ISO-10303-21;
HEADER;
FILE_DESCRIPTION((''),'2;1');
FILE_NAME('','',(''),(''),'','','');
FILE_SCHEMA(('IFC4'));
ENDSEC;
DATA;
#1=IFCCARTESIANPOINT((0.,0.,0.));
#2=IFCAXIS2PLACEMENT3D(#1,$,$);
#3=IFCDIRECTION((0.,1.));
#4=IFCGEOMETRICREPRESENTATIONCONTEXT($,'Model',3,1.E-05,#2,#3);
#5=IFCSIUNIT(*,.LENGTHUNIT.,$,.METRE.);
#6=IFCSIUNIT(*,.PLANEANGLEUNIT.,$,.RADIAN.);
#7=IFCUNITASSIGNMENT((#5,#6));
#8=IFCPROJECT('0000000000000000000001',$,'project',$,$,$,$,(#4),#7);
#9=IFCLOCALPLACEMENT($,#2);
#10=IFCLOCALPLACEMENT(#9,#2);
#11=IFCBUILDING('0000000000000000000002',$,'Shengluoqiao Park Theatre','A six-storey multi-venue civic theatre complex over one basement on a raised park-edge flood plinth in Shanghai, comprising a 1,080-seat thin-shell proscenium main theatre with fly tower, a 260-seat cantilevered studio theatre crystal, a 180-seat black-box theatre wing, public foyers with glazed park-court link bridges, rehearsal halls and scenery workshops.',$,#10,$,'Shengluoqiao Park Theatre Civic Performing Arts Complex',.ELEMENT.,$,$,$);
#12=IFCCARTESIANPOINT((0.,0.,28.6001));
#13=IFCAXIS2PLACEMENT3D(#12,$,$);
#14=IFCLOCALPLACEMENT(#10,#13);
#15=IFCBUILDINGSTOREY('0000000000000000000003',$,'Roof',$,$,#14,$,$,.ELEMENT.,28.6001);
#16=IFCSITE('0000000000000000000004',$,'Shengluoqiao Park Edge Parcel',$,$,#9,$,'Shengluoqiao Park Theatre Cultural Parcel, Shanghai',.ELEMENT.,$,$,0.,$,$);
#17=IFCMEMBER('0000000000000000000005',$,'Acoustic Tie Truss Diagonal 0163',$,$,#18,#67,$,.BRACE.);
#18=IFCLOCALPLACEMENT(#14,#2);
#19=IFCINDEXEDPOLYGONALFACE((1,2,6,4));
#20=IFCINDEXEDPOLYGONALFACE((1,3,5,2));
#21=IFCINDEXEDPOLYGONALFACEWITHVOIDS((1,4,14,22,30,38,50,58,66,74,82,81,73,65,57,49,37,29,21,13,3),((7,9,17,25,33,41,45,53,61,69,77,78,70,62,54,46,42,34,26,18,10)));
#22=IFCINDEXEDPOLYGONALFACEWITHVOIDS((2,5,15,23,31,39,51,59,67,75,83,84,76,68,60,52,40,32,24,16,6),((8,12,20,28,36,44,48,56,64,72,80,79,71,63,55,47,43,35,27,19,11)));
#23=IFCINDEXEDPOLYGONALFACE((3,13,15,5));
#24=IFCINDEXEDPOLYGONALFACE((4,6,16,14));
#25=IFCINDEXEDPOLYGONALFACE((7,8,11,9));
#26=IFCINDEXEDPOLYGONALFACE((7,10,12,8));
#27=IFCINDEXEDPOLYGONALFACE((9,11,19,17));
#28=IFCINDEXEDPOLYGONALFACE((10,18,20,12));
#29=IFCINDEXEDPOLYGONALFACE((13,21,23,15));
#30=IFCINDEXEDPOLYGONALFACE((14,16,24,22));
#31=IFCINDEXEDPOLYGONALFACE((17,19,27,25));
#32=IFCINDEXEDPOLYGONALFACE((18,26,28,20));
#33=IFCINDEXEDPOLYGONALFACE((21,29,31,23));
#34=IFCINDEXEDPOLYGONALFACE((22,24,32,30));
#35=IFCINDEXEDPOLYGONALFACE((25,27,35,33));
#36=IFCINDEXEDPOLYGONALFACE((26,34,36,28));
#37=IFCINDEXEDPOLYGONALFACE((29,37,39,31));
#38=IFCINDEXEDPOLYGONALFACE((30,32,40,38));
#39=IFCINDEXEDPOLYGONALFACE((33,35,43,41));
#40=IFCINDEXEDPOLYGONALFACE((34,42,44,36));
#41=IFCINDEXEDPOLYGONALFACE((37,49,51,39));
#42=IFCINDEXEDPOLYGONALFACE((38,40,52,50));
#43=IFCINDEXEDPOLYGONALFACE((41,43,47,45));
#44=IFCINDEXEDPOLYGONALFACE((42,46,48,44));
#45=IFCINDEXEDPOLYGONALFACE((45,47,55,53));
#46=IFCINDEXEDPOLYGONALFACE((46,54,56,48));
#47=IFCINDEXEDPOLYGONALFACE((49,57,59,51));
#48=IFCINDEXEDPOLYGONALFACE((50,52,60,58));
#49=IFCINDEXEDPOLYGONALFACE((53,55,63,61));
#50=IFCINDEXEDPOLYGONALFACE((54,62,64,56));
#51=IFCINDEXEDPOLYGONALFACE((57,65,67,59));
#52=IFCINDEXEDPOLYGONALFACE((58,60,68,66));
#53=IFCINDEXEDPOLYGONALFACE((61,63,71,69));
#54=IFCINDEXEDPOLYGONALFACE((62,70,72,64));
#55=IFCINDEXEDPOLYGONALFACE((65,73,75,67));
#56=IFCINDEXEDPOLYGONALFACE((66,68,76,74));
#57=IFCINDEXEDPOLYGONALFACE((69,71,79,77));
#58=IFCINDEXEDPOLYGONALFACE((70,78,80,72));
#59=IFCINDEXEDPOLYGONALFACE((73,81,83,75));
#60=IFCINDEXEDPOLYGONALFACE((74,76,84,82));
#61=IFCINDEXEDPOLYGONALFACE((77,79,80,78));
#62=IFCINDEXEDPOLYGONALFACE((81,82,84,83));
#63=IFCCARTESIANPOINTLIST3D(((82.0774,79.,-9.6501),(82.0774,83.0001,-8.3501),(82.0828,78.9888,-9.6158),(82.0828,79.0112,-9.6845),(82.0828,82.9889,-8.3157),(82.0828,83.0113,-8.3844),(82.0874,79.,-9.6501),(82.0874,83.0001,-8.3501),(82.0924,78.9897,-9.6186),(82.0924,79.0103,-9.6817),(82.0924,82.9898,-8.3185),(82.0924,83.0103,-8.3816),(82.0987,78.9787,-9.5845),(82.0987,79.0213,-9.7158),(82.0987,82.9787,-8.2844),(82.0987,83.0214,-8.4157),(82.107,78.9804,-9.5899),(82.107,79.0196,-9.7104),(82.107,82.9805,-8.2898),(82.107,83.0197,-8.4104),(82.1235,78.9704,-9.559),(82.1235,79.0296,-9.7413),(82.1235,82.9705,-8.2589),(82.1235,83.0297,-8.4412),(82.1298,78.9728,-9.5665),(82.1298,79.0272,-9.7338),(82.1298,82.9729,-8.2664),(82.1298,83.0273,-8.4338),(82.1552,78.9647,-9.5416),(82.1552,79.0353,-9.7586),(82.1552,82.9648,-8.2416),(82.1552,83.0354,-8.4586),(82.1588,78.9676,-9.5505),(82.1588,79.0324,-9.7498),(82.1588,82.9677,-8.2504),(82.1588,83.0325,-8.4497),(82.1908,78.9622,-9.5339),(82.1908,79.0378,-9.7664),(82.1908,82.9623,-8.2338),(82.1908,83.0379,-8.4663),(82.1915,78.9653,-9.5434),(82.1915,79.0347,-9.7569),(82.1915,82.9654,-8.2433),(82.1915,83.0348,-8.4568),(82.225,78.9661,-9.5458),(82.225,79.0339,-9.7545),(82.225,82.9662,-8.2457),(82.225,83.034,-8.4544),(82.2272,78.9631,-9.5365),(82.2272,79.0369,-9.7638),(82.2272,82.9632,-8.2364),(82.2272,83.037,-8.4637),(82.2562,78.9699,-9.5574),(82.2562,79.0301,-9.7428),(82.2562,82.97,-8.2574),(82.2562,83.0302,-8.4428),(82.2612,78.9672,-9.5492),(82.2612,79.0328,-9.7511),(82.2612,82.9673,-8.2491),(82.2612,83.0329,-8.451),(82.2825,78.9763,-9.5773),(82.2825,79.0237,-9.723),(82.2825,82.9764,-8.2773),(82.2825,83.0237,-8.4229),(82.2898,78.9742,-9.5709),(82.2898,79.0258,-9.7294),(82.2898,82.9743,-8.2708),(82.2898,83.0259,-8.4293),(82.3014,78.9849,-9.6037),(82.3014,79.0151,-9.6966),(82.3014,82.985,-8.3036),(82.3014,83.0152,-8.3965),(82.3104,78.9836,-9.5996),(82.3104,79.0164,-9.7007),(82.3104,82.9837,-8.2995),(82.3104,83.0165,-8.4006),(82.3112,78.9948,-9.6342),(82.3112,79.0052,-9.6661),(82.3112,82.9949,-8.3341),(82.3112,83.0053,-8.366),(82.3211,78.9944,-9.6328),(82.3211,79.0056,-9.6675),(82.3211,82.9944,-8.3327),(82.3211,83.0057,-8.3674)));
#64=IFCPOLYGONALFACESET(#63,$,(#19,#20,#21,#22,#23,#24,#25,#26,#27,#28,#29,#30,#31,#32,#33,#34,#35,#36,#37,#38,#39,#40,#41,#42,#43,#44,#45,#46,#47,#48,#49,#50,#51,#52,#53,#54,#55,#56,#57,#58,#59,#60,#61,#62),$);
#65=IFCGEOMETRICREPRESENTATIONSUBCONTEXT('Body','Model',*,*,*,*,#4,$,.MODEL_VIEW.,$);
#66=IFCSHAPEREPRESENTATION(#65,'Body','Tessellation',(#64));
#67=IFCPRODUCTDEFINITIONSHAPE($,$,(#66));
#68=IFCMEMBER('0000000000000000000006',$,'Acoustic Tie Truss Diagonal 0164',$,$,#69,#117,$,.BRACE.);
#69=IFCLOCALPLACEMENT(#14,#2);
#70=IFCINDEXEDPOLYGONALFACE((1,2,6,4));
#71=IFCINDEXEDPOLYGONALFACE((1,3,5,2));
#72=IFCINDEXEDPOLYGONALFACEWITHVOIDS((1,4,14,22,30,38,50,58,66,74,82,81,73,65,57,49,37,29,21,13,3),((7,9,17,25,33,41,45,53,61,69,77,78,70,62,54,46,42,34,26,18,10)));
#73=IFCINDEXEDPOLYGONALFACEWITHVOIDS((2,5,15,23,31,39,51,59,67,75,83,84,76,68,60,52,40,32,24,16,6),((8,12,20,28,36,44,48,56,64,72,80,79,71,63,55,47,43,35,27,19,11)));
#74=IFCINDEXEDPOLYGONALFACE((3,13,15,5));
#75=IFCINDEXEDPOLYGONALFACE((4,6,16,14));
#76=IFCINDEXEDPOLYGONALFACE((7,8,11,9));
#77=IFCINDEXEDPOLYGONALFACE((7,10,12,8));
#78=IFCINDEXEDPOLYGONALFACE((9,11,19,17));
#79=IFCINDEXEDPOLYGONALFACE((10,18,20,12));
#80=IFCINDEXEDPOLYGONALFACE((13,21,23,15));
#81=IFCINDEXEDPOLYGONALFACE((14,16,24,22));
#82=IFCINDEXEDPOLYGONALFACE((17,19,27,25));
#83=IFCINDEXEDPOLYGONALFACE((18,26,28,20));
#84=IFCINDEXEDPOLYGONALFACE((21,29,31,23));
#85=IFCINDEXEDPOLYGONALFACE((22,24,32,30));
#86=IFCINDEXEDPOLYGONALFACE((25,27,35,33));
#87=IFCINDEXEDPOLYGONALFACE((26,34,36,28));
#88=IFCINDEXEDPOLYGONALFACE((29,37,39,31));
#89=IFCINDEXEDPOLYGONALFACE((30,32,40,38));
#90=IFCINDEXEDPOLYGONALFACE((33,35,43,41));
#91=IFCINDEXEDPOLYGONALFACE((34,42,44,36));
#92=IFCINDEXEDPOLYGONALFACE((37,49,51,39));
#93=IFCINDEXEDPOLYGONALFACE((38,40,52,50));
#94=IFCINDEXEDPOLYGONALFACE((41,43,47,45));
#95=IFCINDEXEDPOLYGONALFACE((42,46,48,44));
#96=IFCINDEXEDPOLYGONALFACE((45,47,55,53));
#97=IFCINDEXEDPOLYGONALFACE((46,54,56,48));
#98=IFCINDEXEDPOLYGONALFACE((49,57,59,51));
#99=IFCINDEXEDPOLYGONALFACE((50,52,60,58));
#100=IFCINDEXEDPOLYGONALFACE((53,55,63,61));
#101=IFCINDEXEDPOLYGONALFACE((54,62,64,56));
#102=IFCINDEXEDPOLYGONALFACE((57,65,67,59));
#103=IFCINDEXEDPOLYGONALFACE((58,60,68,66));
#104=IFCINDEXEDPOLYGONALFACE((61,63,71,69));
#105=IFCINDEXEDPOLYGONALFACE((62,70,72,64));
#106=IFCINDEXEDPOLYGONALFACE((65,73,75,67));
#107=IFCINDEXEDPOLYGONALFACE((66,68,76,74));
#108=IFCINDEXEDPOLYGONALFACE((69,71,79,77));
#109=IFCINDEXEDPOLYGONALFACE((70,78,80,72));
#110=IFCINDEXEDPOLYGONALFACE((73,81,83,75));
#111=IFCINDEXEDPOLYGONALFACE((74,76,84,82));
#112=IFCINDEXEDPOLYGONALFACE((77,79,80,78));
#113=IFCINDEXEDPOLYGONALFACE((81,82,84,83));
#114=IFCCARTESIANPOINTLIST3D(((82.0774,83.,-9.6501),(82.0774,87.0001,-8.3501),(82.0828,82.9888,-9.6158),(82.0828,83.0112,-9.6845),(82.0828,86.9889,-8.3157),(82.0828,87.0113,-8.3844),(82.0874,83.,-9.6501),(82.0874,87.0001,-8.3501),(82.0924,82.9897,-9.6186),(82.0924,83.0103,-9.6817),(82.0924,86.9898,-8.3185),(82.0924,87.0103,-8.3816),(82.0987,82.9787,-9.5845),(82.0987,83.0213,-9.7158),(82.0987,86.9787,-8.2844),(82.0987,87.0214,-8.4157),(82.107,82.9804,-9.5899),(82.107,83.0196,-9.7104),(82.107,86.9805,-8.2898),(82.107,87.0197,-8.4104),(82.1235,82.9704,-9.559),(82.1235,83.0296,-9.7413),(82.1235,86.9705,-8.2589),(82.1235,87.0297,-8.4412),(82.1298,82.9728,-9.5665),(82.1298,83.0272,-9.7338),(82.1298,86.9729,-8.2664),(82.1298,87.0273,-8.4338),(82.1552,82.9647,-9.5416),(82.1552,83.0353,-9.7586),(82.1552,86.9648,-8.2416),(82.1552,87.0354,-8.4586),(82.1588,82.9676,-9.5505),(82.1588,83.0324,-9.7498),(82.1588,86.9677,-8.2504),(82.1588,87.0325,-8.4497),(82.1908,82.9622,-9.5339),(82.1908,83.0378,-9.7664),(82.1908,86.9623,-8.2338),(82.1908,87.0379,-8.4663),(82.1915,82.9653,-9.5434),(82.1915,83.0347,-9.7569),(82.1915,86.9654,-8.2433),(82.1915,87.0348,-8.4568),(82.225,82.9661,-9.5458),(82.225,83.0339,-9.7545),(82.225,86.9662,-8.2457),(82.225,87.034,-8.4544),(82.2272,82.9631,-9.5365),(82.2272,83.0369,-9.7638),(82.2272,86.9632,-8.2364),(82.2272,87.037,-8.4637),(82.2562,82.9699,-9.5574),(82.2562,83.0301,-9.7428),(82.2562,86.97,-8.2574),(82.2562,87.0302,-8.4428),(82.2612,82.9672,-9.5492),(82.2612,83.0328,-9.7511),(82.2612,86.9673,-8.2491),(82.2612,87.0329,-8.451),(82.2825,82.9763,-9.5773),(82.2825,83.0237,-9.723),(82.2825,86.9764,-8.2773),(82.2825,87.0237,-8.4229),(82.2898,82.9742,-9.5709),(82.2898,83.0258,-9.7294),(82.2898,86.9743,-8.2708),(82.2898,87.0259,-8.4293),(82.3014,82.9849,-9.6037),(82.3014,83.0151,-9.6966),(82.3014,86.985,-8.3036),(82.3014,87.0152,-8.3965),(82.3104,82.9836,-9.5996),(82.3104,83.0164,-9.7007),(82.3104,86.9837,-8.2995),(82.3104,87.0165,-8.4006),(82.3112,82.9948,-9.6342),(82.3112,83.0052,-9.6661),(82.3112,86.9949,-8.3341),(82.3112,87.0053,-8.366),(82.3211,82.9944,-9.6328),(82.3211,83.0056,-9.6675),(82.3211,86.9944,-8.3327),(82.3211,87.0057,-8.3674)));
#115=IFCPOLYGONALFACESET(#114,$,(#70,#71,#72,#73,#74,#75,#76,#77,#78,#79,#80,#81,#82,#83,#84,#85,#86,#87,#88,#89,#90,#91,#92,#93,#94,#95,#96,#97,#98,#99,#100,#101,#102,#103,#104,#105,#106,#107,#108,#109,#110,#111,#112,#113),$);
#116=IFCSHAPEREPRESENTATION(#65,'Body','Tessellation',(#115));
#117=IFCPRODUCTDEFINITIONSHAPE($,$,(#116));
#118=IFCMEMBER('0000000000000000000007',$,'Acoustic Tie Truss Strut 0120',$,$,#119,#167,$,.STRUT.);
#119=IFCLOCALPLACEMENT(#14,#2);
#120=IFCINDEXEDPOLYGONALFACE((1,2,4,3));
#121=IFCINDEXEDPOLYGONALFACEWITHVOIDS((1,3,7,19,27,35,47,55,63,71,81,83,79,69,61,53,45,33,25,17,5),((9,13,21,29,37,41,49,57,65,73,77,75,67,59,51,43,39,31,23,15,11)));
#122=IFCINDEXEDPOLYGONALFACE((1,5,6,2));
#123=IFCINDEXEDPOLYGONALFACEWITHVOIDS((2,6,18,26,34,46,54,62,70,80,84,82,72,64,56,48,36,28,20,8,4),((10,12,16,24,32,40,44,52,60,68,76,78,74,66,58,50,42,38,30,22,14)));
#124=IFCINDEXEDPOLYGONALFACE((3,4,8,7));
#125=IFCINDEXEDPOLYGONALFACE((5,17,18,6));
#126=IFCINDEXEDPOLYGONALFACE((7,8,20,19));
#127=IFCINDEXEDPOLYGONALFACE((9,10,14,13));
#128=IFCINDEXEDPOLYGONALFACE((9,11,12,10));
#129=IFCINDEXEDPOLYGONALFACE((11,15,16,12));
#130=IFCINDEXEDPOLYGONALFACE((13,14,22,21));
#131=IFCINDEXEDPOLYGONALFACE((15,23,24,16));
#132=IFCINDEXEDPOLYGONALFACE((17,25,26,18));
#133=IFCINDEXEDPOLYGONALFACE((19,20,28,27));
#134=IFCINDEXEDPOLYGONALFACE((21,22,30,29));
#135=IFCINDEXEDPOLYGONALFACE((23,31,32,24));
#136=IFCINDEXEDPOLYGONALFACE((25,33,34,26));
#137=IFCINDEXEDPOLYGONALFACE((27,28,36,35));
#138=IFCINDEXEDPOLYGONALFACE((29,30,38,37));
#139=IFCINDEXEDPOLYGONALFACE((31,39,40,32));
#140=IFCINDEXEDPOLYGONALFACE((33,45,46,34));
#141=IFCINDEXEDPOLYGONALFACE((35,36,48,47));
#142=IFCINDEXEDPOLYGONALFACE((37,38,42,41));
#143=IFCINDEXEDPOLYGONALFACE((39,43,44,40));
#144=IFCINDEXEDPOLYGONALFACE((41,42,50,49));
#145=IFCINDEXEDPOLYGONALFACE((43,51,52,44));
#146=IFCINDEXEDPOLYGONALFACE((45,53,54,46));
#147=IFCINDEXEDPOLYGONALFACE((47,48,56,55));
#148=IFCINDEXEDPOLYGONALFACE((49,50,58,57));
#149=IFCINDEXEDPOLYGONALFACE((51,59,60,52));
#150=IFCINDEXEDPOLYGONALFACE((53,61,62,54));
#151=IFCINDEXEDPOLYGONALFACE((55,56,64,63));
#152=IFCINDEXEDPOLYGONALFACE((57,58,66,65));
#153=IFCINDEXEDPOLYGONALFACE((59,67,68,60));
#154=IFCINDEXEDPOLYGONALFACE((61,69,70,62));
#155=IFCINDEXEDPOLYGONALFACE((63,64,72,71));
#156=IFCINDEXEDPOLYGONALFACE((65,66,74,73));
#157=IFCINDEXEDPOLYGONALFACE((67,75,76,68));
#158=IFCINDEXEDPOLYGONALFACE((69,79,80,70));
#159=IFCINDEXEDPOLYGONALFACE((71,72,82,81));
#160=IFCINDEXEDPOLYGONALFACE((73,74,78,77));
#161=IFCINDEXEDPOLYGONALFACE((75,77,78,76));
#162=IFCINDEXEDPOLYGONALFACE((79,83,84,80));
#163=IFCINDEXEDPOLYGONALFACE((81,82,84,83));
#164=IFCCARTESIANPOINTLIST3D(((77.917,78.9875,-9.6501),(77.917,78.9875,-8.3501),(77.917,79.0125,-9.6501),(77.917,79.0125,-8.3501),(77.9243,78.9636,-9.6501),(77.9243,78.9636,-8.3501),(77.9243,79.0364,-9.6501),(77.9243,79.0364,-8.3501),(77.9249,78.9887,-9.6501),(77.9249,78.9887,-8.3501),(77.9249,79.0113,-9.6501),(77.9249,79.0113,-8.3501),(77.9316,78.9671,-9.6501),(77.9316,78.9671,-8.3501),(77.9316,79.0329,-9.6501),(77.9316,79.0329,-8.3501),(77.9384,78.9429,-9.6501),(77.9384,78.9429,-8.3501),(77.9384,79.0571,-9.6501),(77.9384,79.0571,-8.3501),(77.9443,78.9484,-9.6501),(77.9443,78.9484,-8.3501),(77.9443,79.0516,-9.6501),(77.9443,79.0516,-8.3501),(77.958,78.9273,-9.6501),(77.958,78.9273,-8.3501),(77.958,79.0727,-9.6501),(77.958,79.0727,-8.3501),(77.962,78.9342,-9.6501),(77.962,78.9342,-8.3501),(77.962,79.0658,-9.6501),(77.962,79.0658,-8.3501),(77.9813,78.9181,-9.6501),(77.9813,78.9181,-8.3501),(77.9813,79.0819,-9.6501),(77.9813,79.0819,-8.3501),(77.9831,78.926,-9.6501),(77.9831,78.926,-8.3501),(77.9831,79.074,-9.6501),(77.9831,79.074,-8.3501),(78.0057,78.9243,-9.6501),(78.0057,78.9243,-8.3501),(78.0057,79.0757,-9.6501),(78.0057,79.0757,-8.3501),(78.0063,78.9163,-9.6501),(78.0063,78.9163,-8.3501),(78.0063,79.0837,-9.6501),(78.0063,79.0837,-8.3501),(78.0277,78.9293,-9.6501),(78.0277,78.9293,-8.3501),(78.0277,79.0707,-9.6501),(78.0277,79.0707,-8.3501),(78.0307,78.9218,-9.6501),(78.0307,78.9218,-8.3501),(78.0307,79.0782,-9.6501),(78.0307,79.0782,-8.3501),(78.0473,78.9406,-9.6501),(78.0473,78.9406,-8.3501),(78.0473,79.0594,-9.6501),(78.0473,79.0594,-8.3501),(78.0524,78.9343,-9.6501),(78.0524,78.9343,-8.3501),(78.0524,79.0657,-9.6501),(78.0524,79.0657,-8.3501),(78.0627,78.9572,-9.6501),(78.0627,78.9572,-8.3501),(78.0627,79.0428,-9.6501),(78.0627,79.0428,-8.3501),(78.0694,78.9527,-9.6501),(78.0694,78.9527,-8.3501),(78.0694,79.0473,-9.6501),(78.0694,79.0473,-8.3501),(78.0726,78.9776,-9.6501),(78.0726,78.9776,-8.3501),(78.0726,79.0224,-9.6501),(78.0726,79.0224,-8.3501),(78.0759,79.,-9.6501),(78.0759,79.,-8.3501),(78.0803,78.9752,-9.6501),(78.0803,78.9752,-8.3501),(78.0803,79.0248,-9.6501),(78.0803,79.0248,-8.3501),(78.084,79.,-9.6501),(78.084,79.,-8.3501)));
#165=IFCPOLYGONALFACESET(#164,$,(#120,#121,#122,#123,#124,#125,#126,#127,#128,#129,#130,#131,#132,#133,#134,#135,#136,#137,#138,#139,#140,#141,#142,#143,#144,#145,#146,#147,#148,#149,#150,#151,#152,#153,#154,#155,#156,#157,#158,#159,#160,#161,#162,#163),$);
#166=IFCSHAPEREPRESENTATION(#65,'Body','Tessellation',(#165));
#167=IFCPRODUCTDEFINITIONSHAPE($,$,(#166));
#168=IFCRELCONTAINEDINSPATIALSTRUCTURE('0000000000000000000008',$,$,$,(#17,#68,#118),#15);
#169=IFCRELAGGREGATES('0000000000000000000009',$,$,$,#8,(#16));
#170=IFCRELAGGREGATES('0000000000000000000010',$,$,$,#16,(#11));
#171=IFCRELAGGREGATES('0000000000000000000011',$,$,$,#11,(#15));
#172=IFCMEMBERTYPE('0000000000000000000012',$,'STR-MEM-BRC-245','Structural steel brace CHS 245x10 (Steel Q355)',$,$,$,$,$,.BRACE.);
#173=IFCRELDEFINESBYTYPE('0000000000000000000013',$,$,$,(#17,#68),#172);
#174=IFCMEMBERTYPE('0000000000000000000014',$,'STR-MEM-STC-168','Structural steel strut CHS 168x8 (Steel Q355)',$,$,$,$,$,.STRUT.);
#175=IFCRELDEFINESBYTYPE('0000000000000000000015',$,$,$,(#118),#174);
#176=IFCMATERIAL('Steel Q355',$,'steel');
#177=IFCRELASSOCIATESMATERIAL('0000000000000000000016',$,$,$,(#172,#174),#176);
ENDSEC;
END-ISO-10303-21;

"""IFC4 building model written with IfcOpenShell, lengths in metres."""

from ifc_helpers import new_model, si_unit, direction, frame, origin, origin_2d, place, context, subcontext, project, spatial, hollow_circle, extrude, material, material_profile, profile_set, type_object, element, save


model = new_model("IFC4")

# Units and contexts
model_context = context("Model", 3, precision=1e-05, world=origin(), true_north=direction((0.0, 1.0)))
body_context = subcontext(model_context, "Body", "Model", "MODEL_VIEW")
ifc_project = project(units=[si_unit("LENGTHUNIT", "METRE"), si_unit("PLANEANGLEUNIT", "RADIAN")], contexts=[model_context])

# Site, building, storey
site_placement = place(None, origin())
site = spatial("IfcSite", under=ifc_project, at=site_placement, Name="Shengluoqiao Park Edge Parcel", LongName="Shengluoqiao Park Theatre Cultural Parcel, Shanghai", CompositionType="ELEMENT", RefElevation=0.0)
building_placement = place(site_placement, origin())
building = spatial("IfcBuilding", under=site, at=building_placement, Name="Shengluoqiao Park Theatre", Description="A six-storey multi-venue civic theatre complex over one basement on a raised park-edge flood plinth in Shanghai, comprising a 1,080-seat thin-shell proscenium main theatre with fly tower, a 260-seat cantilevered studio theatre crystal, a 180-seat black-box theatre wing, public foyers with glazed park-court link bridges, rehearsal halls and scenery workshops.", LongName="Shengluoqiao Park Theatre Civic Performing Arts Complex", CompositionType="ELEMENT")
storey_placement = place(building_placement, frame((0.0, 0.0, 28.6001)))
storey = spatial("IfcBuildingStorey", under=building, at=storey_placement, Name="Roof", CompositionType="ELEMENT", Elevation=28.6001)

# Shared definitions
ifc_material = material(Name="Steel Q355", Category="steel")

# Members
ifc_material_profile_1 = material_profile(ifc_material, hollow_circle(Radius=0.1226, WallThickness=0.01, at=origin_2d()), Name="CHS 245x10")
ifc_profile_set_1 = profile_set([ifc_material_profile_1], Name="Steel Q355")
member_type_1 = type_object("IfcMemberType", Name="STR-MEM-BRC-245", Description="Structural steel brace CHS 245x10 (Steel Q355)", PredefinedType="BRACE", material=ifc_profile_set_1)
for number, where, z_axis, x_axis, name in (
    (1, (82.2, 79.0, -9.6501), (0.0, 0.951031, 0.309097), (-1.0, 0.0, 0.0), "Acoustic Tie Truss Diagonal 0163"),
    (2, (82.2, 83.0, -9.6501), (0.0, 0.951031, 0.309097), (-1.0, 0.0, 0.0), "Acoustic Tie Truss Diagonal 0164"),
):
    element("IfcMember", number, at=place(storey_placement, frame(where, z_axis=z_axis, x_axis=x_axis)), inside=storey, type_object=member_type_1, Name=name, PredefinedType="BRACE", context=body_context, shape_type="SweptSolid", body=[
        extrude(hollow_circle(Radius=0.1226, WallThickness=0.01, at=origin_2d()), origin(), (0.0, 0.0, 1.0), 4.2061),
    ])
ifc_material_profile_2 = material_profile(ifc_material, hollow_circle(Radius=0.084, WallThickness=0.0081, at=origin_2d()), Name="CHS 168x8")
ifc_profile_set_2 = profile_set([ifc_material_profile_2], Name="Steel Q355")
member_type_2 = type_object("IfcMemberType", Name="STR-MEM-STC-168", Description="Structural steel strut CHS 168x8 (Steel Q355)", PredefinedType="STRUT", material=ifc_profile_set_2)
for number, where, z_axis, x_axis, name in (
    (3, (78.0, 79.0, -9.6501), (0.0, 0.0, 1.0), (1.0, 0.0, 0.0), "Acoustic Tie Truss Strut 0120"),
):
    element("IfcMember", number, at=place(storey_placement, frame(where, z_axis=z_axis, x_axis=x_axis)), inside=storey, type_object=member_type_2, Name=name, PredefinedType="STRUT", context=body_context, shape_type="SweptSolid", body=[
        extrude(hollow_circle(Radius=0.084, WallThickness=0.0081, at=origin_2d()), origin(), (0.0, 0.0, 1.0), 1.3),
    ])

save(model, "model.ifc")
